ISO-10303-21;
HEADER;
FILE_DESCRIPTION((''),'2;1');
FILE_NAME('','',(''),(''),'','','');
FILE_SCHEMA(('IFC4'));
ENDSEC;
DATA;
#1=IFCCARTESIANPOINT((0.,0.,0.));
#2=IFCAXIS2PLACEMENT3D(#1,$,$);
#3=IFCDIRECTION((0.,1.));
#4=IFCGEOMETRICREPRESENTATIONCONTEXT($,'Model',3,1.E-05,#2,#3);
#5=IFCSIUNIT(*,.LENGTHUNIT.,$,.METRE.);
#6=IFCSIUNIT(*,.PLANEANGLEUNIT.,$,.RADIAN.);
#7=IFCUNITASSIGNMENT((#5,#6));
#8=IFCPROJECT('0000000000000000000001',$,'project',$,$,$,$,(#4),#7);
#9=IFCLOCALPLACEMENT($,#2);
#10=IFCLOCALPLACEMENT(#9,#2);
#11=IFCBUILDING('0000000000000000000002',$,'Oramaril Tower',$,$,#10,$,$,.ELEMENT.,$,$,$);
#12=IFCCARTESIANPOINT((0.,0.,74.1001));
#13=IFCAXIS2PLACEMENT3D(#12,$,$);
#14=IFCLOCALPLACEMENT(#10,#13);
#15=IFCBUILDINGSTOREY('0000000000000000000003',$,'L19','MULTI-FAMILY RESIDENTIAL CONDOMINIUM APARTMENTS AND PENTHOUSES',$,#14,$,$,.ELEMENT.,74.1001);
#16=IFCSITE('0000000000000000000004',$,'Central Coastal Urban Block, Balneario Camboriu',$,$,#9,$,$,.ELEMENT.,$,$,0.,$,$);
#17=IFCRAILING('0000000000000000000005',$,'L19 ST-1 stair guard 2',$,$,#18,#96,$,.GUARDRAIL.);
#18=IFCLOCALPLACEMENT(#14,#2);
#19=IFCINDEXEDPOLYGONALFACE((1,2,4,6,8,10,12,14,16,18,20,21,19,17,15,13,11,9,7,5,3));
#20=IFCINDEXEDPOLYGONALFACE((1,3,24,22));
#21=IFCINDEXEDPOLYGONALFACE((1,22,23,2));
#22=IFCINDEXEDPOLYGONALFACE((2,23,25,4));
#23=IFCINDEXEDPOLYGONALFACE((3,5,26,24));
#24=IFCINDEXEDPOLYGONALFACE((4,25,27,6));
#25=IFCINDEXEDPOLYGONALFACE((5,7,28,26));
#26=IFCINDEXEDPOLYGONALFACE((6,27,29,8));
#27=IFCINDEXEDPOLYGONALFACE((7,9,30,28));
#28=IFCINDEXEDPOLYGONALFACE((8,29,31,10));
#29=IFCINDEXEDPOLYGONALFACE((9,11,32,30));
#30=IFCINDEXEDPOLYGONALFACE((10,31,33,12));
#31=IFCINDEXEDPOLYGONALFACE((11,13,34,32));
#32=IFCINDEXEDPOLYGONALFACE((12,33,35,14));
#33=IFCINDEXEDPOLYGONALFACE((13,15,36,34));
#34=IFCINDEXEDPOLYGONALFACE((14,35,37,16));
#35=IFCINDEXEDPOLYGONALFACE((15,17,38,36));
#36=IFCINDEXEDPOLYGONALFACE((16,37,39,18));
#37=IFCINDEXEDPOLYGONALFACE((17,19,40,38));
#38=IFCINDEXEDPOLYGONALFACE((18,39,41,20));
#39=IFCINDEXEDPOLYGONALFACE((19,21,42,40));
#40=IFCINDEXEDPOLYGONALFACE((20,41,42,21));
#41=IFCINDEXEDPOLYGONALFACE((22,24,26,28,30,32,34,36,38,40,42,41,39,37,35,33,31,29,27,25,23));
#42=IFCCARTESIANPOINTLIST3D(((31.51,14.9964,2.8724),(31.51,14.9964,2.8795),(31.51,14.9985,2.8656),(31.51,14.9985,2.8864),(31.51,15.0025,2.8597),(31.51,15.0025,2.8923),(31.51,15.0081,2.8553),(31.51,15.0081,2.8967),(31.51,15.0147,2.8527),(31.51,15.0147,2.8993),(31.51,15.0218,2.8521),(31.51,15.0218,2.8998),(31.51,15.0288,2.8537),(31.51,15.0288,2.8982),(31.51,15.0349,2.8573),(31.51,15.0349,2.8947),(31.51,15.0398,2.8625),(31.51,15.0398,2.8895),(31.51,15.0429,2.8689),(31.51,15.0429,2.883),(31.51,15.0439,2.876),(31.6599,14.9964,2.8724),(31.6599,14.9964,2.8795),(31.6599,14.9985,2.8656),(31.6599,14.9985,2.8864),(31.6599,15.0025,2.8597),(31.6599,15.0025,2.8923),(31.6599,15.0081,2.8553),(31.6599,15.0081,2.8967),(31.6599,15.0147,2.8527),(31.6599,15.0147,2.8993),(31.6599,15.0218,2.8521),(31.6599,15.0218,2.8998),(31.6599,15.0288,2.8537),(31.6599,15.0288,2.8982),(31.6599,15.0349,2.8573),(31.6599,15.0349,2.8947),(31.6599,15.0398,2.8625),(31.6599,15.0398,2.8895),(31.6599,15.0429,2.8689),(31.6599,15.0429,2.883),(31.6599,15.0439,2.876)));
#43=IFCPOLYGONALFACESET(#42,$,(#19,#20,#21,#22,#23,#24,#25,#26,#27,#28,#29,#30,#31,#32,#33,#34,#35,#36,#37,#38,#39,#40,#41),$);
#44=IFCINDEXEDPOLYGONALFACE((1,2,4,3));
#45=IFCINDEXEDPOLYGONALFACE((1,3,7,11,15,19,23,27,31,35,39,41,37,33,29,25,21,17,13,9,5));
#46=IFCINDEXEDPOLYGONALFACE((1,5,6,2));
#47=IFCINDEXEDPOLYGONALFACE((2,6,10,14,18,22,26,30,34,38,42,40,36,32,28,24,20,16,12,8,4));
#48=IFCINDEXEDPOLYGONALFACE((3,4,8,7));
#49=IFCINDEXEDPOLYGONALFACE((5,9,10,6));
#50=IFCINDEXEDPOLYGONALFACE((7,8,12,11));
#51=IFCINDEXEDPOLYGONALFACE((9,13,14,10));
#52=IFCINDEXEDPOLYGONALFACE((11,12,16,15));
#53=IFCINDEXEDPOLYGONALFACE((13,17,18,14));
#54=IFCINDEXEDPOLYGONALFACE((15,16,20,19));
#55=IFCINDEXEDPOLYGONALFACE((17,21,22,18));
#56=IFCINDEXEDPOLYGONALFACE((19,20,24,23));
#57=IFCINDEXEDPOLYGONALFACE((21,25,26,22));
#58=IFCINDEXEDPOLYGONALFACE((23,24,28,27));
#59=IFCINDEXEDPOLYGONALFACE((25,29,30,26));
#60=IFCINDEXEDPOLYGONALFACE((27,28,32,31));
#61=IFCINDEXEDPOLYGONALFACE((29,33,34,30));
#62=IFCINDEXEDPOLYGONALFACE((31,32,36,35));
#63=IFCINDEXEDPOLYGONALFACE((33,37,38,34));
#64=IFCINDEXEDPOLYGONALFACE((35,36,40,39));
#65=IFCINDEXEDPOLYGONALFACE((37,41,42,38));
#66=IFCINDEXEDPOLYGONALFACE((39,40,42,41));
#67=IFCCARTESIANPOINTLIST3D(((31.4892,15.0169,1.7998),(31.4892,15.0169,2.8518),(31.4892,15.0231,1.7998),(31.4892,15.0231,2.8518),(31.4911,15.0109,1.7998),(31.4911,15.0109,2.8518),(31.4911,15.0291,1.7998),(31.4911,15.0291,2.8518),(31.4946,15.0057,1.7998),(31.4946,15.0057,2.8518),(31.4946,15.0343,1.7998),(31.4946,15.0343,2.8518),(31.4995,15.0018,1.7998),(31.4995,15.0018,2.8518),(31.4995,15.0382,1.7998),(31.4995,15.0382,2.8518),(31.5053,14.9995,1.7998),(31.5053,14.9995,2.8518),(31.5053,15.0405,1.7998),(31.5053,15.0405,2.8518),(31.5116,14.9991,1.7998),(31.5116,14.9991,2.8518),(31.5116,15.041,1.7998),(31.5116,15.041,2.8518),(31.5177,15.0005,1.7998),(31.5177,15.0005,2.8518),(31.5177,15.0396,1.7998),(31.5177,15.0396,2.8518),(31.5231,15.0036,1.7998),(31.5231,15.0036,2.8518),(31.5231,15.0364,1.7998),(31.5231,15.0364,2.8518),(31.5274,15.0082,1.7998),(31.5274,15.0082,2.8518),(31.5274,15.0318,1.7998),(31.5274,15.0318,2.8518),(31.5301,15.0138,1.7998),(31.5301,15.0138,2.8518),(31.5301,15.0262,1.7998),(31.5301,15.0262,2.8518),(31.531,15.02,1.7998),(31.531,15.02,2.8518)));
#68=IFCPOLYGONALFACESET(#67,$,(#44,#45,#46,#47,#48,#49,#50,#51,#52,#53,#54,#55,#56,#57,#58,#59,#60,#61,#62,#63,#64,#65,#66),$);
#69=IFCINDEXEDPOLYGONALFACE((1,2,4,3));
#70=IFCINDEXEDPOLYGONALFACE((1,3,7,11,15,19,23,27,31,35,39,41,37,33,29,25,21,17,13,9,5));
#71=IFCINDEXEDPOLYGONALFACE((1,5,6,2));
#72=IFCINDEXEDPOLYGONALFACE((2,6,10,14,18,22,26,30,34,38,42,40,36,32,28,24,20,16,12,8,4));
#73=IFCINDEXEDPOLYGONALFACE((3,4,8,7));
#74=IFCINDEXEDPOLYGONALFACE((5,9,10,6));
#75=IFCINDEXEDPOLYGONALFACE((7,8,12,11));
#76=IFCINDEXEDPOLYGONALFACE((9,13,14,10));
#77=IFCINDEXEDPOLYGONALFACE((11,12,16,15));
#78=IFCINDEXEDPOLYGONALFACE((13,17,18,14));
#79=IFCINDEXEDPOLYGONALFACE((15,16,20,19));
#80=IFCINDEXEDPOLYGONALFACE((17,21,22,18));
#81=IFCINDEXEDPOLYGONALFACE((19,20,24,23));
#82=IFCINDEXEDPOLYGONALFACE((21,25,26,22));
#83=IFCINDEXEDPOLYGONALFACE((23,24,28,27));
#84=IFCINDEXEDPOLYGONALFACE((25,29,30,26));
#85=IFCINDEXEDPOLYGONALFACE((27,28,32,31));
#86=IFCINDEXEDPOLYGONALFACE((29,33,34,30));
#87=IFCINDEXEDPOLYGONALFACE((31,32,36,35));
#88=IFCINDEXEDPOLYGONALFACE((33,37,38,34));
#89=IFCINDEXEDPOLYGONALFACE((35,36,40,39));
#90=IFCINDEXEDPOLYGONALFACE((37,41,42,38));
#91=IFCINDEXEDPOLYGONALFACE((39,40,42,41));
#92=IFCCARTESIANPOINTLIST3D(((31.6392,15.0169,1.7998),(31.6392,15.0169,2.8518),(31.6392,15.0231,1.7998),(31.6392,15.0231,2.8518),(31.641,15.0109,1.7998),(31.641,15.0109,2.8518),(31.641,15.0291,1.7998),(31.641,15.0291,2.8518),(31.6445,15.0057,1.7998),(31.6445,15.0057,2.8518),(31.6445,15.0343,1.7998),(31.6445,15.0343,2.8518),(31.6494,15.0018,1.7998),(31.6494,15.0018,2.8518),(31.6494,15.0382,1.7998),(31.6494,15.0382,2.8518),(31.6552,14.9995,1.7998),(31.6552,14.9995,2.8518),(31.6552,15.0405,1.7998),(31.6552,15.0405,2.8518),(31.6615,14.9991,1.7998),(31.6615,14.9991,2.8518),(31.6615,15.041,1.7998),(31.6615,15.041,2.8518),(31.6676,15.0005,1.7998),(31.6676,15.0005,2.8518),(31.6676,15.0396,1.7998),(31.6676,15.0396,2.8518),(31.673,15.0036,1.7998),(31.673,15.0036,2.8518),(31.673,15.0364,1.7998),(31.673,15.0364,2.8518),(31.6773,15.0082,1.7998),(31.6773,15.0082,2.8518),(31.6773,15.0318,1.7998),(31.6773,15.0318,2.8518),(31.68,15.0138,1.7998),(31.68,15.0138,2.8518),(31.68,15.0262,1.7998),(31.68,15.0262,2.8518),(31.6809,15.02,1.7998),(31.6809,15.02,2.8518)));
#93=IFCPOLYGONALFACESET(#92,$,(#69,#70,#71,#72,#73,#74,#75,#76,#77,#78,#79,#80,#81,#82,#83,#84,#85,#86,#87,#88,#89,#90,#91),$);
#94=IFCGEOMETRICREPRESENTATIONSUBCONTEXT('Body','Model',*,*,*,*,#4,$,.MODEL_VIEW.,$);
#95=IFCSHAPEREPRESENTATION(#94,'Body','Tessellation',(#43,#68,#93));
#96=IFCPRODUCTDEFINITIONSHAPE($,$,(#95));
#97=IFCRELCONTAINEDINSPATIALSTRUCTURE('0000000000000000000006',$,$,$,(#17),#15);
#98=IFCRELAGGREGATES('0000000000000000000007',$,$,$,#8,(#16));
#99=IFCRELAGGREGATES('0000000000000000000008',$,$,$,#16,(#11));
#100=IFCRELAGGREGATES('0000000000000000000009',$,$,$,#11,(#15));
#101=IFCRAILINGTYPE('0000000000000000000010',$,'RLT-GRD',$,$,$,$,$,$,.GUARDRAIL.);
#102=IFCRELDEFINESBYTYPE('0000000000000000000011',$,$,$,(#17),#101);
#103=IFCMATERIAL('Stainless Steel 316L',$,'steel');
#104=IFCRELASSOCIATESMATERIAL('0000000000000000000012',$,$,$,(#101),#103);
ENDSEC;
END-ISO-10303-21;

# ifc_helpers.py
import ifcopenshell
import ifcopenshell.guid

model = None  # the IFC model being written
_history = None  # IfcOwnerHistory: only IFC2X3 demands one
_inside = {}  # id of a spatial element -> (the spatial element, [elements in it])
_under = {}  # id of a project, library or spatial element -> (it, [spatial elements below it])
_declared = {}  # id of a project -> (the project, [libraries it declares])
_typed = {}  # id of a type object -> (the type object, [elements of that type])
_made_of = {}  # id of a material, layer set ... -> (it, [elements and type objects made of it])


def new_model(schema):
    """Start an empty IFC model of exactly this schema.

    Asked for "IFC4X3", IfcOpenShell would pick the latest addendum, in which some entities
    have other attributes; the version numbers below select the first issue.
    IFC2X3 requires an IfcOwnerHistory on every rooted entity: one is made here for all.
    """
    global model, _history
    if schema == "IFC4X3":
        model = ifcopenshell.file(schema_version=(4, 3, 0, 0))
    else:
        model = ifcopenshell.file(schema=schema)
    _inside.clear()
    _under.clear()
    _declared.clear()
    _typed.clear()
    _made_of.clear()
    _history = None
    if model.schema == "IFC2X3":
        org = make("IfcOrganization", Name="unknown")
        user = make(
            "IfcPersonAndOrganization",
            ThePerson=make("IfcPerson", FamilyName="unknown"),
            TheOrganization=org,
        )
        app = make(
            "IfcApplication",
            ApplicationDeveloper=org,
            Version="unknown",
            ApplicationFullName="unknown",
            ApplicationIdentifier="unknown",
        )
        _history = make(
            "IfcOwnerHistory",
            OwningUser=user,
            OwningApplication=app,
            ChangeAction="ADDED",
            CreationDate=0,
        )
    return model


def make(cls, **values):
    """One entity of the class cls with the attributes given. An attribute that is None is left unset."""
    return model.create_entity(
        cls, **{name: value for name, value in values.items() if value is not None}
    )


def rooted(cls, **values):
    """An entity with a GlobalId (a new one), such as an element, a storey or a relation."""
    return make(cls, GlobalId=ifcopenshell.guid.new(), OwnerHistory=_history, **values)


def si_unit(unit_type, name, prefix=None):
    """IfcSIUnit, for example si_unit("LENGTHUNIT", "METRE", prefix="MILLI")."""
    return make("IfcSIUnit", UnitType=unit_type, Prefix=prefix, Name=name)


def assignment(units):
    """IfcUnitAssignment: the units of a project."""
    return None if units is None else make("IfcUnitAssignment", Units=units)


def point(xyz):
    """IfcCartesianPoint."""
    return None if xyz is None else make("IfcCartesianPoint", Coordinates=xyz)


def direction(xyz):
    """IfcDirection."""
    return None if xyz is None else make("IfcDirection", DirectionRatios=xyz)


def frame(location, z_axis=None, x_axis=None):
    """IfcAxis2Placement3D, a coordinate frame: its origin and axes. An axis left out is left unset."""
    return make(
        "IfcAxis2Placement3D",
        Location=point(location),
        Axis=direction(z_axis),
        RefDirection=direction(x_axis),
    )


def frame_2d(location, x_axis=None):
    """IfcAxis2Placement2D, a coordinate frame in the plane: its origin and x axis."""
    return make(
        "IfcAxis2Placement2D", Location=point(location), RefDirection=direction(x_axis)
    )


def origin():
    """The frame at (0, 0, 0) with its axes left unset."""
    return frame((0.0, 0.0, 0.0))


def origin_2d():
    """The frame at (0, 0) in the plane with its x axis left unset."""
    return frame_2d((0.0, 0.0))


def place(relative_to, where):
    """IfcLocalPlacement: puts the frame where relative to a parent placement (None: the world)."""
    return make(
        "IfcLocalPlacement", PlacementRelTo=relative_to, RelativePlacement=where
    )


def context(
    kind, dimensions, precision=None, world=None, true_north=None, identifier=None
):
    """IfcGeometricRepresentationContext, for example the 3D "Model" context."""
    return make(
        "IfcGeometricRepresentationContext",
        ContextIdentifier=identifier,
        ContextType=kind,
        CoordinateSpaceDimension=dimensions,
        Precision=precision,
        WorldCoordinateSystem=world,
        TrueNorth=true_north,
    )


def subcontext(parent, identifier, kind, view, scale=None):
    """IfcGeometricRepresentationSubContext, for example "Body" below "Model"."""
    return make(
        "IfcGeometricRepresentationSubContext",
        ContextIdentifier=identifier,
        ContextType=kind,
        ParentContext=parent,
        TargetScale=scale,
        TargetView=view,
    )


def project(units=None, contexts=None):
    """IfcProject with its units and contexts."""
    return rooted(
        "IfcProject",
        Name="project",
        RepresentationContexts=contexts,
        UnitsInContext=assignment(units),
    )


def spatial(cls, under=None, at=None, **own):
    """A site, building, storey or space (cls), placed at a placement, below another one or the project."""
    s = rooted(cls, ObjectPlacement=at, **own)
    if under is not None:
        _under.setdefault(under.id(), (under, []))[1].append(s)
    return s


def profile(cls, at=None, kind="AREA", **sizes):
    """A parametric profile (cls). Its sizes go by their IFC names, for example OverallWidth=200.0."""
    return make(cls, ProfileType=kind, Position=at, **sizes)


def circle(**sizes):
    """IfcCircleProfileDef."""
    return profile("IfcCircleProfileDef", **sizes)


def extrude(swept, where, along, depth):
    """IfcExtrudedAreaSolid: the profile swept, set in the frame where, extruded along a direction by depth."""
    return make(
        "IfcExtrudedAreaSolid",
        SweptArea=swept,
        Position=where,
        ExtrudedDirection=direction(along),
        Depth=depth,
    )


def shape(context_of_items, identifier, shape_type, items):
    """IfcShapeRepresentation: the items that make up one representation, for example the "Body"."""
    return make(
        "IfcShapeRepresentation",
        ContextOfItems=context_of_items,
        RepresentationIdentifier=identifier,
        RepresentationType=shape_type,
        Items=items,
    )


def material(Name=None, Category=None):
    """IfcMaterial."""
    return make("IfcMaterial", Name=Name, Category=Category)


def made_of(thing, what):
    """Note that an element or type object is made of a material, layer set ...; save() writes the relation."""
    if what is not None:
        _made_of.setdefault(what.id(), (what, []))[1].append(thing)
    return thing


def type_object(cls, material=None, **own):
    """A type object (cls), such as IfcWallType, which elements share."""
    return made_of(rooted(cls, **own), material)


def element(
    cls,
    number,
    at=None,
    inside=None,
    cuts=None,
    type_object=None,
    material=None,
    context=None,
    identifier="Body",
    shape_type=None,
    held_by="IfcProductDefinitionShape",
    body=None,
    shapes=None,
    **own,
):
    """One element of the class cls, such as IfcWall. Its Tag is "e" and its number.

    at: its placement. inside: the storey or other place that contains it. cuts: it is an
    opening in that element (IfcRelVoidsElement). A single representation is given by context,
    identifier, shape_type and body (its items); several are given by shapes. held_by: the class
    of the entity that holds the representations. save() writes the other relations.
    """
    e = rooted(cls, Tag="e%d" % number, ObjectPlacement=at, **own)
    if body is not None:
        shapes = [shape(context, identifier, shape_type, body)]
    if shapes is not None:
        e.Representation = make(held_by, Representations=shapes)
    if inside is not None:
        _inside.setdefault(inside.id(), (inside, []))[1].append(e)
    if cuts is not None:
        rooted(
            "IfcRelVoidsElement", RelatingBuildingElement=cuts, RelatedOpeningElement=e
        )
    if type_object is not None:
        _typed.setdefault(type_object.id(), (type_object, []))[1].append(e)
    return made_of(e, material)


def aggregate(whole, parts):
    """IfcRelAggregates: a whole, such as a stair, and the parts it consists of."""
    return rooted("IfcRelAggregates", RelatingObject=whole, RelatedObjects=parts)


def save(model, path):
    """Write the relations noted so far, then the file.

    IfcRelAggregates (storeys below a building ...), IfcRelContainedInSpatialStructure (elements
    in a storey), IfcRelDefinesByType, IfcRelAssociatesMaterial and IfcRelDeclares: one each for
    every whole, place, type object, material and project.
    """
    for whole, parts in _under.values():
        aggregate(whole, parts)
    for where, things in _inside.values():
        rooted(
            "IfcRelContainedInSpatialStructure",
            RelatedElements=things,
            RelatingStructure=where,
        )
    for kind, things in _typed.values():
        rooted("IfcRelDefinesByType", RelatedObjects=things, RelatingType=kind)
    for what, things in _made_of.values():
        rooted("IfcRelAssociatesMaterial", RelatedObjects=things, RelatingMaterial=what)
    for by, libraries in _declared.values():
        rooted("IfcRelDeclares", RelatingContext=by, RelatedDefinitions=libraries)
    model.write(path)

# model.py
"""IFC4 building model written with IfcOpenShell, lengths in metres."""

from ifc_helpers import new_model, si_unit, direction, frame, origin, origin_2d, place, context, subcontext, project, spatial, circle, extrude, material, type_object, element, save


model = new_model("IFC4")

# Units and contexts
model_context = context("Model", 3, precision=1e-05, world=origin(), true_north=direction((0.0, 1.0)))
body_context = subcontext(model_context, "Body", "Model", "MODEL_VIEW")
ifc_project = project(units=[si_unit("LENGTHUNIT", "METRE"), si_unit("PLANEANGLEUNIT", "RADIAN")], contexts=[model_context])

# Site, building, storey
site_placement = place(None, origin())
site = spatial("IfcSite", under=ifc_project, at=site_placement, Name="Central Coastal Urban Block, Balneario Camboriu", CompositionType="ELEMENT", RefElevation=0.0)
building_placement = place(site_placement, origin())
building = spatial("IfcBuilding", under=site, at=building_placement, Name="Oramaril Tower", CompositionType="ELEMENT")
storey_placement = place(building_placement, frame((0.0, 0.0, 74.1001)))
storey = spatial("IfcBuildingStorey", under=building, at=storey_placement, Name="L19", Description="MULTI-FAMILY RESIDENTIAL CONDOMINIUM APARTMENTS AND PENTHOUSES", CompositionType="ELEMENT", Elevation=74.1001)

# Railing
ifc_material_1 = material(Name="Stainless Steel 316L", Category="steel")
railing_type_1 = type_object("IfcRailingType", Name="RLT-GRD", PredefinedType="GUARDRAIL", material=ifc_material_1)
railing_1_placement = place(storey_placement, frame((31.51, 15.02, 1.7998)))
element("IfcRailing", 1, at=railing_1_placement, inside=storey, type_object=railing_type_1, Name="L19 ST-1 stair guard 2", PredefinedType="GUARDRAIL", context=body_context, shape_type="SweptSolid", body=[
    extrude(circle(Radius=0.0239, at=origin_2d()), frame((0.0, 0.0, 1.0762), z_axis=(1.0, 0.0, 0.0), x_axis=(0.0, 1.0, 0.0)), (0.0, 0.0, 1.0), 0.1499),
    extrude(circle(Radius=0.021, at=origin_2d()), origin(), (0.0, 0.0, 1.0), 1.052),
    extrude(circle(Radius=0.021, at=origin_2d()), frame((0.1499, 0.0, 0.0)), (0.0, 0.0, 1.0), 1.052),
])

save(model, "model.ifc")
